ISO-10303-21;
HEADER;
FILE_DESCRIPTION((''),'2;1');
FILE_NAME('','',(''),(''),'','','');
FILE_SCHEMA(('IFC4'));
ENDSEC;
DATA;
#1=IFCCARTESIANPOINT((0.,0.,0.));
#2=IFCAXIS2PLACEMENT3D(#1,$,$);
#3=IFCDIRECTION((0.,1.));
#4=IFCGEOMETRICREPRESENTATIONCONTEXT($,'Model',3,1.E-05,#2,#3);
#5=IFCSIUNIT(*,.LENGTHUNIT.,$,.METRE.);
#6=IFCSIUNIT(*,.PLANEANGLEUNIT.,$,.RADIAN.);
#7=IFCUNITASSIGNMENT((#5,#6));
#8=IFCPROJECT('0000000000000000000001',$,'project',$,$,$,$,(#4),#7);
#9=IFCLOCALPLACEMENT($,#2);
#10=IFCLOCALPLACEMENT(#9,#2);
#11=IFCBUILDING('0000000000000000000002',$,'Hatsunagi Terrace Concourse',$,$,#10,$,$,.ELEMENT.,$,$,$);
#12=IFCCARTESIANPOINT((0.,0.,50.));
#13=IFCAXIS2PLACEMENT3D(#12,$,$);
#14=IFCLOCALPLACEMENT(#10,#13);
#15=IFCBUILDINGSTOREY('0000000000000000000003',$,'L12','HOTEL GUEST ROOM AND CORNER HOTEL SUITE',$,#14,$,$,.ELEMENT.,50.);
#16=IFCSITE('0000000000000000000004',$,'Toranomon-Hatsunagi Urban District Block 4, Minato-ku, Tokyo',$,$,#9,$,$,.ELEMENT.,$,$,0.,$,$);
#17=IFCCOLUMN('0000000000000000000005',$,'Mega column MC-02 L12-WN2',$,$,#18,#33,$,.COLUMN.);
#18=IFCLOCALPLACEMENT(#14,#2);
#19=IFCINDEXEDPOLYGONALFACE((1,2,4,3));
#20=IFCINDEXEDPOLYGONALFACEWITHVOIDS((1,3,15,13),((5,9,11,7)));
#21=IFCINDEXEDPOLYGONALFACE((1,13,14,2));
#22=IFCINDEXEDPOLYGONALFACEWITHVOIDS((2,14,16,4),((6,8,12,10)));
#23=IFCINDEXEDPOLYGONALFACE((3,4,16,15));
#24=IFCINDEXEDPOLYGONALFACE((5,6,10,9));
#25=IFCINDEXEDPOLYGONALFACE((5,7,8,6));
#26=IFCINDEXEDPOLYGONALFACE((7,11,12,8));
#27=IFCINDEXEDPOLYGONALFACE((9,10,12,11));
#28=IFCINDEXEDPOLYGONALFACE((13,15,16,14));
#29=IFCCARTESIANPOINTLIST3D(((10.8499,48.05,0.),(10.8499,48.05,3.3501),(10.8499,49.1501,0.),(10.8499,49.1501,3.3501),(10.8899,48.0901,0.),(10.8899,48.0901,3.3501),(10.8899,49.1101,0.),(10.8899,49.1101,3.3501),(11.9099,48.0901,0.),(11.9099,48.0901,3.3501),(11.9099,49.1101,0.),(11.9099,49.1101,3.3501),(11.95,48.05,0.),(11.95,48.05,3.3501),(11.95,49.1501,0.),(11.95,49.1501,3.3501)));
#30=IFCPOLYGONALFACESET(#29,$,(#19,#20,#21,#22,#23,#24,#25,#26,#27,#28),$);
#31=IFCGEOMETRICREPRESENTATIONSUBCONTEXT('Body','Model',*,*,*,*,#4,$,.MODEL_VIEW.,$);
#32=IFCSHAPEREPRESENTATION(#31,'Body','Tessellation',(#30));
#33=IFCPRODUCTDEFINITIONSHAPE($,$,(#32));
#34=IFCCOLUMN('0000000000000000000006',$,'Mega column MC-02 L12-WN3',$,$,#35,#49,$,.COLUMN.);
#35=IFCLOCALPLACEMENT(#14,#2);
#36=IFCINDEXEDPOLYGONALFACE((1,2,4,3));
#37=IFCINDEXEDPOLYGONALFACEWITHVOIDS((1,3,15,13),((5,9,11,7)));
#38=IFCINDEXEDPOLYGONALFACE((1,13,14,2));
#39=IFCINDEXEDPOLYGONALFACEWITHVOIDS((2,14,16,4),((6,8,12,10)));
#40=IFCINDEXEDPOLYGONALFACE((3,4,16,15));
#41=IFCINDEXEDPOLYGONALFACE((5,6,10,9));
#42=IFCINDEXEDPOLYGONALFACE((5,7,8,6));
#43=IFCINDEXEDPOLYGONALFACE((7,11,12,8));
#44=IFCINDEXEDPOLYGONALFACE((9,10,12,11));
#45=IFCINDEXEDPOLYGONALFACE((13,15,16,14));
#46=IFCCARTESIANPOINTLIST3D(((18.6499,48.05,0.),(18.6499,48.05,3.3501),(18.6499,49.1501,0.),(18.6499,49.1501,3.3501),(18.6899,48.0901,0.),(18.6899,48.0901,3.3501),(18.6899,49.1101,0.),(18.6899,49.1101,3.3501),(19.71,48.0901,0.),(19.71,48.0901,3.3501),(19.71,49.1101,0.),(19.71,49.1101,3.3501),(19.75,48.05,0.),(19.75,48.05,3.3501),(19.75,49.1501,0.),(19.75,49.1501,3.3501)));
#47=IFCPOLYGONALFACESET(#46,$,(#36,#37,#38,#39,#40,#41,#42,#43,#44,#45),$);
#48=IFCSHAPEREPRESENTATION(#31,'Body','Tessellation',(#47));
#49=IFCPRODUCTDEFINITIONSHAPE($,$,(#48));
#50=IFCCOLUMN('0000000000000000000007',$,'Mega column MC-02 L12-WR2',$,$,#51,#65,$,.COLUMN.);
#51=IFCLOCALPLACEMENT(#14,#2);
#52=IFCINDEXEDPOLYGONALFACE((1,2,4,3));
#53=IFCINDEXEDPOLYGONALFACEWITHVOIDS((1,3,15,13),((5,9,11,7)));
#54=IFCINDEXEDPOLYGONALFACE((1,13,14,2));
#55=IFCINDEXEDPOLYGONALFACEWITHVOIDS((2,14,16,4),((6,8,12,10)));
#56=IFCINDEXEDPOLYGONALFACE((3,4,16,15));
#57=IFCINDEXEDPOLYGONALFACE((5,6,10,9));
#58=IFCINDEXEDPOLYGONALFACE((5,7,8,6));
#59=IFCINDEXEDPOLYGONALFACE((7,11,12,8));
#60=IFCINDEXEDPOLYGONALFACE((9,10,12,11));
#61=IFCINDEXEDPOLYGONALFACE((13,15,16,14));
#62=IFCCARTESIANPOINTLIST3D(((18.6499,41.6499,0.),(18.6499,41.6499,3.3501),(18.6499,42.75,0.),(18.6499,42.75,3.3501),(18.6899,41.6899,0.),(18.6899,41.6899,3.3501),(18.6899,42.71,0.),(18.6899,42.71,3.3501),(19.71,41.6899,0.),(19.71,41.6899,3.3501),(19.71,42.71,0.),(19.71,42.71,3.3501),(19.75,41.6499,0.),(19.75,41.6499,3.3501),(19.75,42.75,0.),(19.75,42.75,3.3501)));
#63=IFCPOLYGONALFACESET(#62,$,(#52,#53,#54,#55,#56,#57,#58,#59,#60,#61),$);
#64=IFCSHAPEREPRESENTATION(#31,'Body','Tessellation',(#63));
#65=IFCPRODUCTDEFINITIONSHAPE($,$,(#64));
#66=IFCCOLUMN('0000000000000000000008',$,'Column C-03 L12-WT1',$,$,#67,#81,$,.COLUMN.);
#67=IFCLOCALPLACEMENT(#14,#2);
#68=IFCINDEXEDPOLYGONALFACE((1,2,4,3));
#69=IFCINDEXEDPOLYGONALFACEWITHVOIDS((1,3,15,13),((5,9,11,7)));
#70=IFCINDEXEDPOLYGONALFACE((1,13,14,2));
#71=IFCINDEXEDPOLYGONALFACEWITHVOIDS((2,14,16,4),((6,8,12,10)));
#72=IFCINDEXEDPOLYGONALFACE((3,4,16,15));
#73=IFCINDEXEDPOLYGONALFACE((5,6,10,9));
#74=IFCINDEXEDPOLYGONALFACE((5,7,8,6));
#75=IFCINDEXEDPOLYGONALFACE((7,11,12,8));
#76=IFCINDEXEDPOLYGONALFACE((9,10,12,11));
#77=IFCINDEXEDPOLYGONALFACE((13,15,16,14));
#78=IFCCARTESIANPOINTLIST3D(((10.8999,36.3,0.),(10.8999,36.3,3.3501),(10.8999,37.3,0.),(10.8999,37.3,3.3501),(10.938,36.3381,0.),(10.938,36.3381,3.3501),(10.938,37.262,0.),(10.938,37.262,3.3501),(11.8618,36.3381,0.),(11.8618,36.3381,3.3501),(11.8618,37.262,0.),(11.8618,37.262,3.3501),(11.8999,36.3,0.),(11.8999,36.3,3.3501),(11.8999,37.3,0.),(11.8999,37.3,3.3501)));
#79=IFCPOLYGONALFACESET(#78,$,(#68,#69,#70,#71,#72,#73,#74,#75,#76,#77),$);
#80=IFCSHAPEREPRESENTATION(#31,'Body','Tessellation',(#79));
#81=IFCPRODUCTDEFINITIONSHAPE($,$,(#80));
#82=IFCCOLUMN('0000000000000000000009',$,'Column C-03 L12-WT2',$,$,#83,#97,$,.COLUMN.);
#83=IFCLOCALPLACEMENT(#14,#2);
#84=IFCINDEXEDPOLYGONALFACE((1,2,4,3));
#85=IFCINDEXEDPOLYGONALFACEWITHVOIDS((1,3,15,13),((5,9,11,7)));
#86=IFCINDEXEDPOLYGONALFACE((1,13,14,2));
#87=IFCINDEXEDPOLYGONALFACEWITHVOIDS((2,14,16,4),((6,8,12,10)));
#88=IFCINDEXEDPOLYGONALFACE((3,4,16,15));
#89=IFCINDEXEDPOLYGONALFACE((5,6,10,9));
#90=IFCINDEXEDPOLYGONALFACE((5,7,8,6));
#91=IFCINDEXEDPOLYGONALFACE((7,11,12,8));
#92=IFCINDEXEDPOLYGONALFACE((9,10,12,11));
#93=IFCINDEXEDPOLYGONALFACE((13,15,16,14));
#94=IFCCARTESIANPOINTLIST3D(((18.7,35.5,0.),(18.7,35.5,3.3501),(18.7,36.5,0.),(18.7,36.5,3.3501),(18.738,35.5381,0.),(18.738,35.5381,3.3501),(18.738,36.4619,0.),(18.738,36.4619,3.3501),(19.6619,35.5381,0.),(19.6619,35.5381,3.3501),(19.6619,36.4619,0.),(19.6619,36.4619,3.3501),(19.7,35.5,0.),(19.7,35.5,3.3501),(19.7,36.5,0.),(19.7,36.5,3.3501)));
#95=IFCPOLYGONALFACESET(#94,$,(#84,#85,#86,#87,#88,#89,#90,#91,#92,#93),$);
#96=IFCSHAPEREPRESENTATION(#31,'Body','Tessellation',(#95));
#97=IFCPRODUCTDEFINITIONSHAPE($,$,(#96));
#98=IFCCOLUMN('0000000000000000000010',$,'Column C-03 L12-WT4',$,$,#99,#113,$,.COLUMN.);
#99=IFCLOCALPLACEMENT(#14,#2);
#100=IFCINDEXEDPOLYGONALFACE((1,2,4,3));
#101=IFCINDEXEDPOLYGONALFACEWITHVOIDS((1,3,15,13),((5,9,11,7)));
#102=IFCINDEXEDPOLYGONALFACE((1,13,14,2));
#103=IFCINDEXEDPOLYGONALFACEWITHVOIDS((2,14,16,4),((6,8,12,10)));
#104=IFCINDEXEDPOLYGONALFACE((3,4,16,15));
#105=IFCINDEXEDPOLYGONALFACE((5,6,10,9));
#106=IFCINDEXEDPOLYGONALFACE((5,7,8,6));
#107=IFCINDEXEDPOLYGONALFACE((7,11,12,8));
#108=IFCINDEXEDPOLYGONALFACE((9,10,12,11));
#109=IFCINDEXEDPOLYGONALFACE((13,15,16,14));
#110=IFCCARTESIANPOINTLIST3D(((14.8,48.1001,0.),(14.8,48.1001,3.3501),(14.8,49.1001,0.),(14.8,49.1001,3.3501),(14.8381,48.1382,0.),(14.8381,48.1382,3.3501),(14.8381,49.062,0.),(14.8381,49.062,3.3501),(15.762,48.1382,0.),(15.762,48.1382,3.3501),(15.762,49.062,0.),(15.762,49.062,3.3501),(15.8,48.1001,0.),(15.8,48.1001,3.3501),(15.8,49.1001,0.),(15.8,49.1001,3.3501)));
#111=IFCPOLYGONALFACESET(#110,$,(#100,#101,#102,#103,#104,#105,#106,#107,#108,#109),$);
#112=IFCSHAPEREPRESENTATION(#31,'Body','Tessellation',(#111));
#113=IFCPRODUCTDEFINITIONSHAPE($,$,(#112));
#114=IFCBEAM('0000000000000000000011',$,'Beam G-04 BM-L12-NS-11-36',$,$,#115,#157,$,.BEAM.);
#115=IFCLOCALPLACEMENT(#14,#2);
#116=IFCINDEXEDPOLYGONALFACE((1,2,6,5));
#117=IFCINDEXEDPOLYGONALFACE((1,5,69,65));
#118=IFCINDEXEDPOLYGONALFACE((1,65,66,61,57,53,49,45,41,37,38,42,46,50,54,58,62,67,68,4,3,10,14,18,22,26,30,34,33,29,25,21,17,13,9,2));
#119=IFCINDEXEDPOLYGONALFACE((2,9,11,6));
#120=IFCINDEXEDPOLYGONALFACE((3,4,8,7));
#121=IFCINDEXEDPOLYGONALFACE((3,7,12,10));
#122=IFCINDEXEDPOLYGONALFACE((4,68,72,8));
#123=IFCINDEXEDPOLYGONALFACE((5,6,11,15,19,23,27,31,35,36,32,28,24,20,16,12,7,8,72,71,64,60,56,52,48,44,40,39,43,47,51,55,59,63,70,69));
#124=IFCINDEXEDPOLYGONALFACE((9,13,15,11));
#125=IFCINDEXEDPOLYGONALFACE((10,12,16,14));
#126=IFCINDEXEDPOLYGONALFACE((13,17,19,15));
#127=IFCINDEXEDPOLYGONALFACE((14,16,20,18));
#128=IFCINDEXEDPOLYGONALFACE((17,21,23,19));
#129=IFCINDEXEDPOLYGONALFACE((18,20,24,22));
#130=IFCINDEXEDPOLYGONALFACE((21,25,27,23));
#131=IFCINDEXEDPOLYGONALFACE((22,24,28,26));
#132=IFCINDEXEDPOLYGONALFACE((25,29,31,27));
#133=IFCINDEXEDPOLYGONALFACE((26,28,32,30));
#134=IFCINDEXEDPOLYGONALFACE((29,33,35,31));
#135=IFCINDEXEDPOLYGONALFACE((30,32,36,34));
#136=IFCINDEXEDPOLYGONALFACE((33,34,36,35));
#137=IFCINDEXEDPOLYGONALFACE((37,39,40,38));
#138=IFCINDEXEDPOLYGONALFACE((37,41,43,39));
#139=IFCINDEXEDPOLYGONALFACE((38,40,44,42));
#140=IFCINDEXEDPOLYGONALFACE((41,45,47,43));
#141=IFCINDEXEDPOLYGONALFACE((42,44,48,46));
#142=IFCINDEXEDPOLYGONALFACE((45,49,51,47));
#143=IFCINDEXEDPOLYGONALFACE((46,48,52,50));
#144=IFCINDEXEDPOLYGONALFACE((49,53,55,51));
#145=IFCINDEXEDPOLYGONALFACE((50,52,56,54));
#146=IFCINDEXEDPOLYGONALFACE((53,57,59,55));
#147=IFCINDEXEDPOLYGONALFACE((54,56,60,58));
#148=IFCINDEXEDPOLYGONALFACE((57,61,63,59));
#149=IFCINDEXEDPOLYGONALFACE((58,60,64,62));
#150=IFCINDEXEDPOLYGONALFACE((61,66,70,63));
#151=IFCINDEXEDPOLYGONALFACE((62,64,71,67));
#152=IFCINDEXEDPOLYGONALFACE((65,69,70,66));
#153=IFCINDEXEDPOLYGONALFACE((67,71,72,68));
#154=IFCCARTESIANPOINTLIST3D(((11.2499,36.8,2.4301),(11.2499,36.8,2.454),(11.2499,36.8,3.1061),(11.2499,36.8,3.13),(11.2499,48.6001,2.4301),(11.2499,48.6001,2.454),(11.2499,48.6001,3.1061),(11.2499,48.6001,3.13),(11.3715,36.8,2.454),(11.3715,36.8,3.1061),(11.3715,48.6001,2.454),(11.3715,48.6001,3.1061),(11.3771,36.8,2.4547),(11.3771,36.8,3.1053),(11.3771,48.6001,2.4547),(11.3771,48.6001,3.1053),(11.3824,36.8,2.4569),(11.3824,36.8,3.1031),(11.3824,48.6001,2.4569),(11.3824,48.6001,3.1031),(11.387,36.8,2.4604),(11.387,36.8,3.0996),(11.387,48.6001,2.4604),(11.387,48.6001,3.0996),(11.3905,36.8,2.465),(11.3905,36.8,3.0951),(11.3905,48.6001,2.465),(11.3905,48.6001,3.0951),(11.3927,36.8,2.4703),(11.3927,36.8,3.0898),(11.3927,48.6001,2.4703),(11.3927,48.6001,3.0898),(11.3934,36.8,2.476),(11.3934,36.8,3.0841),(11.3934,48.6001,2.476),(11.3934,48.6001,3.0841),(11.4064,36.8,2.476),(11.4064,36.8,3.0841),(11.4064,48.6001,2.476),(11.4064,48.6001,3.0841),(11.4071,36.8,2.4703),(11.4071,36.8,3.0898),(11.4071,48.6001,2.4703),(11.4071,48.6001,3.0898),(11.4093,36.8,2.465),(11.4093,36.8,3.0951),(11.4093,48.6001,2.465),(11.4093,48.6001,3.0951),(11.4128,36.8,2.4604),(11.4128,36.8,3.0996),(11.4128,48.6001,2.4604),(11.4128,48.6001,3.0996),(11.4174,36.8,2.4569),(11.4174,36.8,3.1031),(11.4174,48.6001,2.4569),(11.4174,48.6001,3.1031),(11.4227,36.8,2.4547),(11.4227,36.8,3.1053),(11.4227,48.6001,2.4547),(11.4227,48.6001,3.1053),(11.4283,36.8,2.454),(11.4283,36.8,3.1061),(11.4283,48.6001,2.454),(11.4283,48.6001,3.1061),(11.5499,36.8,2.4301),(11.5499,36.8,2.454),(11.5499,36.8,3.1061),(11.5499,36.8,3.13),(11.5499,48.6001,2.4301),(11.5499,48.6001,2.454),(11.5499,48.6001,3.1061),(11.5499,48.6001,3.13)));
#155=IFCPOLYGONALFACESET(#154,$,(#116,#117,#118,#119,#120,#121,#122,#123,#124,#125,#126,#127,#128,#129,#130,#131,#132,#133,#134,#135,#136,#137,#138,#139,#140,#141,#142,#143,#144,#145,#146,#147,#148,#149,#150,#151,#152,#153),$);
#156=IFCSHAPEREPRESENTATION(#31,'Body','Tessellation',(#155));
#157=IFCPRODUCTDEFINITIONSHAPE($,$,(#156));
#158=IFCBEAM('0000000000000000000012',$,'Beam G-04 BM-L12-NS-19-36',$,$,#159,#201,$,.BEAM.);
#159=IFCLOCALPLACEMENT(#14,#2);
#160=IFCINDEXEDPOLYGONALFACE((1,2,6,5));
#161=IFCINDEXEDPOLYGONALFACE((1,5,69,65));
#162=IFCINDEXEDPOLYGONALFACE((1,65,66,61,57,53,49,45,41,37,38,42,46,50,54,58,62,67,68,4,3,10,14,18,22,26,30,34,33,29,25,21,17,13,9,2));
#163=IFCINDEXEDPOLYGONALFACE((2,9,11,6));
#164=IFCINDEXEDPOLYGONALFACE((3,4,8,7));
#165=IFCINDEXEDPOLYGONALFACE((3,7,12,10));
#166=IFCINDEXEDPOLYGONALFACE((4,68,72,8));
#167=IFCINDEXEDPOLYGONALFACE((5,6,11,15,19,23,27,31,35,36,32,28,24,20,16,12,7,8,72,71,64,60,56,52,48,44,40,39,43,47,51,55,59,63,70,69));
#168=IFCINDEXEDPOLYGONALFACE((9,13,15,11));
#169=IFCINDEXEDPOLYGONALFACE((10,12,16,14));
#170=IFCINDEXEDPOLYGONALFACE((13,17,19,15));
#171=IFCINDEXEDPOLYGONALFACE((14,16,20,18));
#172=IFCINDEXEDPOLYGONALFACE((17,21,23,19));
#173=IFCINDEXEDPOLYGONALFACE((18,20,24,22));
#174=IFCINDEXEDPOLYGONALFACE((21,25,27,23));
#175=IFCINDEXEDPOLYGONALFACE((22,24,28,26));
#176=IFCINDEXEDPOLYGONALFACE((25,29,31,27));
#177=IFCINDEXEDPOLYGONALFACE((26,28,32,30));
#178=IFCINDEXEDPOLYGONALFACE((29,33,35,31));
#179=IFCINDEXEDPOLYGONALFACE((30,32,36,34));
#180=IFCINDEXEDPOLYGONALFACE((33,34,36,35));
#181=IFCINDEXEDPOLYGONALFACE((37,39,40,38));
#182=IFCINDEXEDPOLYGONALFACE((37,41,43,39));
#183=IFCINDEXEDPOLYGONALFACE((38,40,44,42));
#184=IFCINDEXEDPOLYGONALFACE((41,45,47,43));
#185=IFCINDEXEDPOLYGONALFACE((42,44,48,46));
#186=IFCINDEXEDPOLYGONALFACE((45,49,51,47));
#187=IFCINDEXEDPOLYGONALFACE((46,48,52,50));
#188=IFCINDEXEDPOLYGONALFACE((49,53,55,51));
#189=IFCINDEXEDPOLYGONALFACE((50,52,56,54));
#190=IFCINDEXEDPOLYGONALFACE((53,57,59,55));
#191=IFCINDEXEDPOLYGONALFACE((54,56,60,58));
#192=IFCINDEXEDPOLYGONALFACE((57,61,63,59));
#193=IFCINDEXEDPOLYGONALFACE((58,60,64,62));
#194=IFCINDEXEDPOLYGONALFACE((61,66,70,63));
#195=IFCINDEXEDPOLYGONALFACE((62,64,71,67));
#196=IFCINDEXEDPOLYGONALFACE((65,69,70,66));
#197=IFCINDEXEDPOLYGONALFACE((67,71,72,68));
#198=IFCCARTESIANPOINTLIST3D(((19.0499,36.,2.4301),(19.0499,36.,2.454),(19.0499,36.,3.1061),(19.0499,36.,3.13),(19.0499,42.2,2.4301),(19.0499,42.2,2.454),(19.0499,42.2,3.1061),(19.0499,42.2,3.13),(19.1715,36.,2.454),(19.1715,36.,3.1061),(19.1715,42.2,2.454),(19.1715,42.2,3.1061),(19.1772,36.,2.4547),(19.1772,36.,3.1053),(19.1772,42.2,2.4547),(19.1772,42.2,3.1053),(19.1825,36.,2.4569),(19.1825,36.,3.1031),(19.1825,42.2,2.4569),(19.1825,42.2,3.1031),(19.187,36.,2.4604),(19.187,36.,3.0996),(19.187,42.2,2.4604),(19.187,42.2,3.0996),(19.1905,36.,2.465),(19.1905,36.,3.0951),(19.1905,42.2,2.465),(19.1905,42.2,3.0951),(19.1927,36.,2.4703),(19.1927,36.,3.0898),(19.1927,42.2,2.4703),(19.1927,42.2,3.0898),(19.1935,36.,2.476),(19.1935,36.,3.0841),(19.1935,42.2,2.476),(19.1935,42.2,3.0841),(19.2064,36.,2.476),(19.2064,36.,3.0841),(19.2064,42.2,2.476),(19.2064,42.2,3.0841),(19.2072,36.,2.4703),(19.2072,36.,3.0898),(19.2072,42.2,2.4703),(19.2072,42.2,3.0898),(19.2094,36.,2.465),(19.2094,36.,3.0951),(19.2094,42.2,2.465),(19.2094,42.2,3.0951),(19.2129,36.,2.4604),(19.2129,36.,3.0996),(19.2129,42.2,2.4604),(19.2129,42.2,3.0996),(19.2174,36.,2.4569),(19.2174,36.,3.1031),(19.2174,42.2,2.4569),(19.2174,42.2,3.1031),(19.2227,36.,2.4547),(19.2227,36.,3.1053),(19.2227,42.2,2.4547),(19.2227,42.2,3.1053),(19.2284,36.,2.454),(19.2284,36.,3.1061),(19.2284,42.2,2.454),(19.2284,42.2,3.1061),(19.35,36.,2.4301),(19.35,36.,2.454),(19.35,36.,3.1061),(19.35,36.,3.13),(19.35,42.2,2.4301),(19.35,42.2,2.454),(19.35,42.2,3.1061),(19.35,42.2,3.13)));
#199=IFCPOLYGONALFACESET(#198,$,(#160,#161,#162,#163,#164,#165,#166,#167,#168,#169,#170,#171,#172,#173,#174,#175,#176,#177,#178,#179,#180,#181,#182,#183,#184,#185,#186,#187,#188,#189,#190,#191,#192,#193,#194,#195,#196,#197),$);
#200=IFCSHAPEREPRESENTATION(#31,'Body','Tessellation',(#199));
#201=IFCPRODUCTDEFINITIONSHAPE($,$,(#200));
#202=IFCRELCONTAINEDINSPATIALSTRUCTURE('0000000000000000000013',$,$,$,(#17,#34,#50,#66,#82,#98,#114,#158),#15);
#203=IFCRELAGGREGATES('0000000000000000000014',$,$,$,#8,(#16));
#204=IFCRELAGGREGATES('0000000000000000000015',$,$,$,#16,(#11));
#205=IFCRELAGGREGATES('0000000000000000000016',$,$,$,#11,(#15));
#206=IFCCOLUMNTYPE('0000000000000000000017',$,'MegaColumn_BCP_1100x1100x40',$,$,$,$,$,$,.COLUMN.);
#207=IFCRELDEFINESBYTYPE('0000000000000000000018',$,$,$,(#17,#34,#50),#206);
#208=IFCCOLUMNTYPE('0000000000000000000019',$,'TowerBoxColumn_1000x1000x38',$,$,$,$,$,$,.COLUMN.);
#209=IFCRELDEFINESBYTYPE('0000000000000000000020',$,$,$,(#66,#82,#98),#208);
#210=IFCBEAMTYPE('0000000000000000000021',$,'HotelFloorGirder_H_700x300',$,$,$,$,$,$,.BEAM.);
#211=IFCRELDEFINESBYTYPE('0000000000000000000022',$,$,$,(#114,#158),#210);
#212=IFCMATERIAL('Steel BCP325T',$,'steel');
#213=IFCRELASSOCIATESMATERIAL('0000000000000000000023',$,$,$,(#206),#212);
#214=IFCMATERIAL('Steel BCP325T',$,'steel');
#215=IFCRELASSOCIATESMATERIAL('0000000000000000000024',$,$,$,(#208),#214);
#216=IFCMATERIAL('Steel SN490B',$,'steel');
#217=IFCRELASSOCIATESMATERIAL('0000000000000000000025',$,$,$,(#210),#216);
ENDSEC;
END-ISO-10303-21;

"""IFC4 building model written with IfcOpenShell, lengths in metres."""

from ifc_helpers import new_model, si_unit, direction, frame, origin, origin_2d, place, context, subcontext, project, spatial, hollow_rectangle, i_section, extrude, material, material_profile, profile_set, type_object, element, save


model = new_model("IFC4")

# Units and contexts
model_context = context("Model", 3, precision=1e-05, world=origin(), true_north=direction((0.0, 1.0)))
body_context = subcontext(model_context, "Body", "Model", "MODEL_VIEW")
ifc_project = project(units=[si_unit("LENGTHUNIT", "METRE"), si_unit("PLANEANGLEUNIT", "RADIAN")], contexts=[model_context])

# Site, building, storey
site_placement = place(None, origin())
site = spatial("IfcSite", under=ifc_project, at=site_placement, Name="Toranomon-Hatsunagi Urban District Block 4, Minato-ku, Tokyo", CompositionType="ELEMENT", RefElevation=0.0)
building_placement = place(site_placement, origin())
building = spatial("IfcBuilding", under=site, at=building_placement, Name="Hatsunagi Terrace Concourse", CompositionType="ELEMENT")
storey_placement = place(building_placement, frame((0.0, 0.0, 50.0)))
storey = spatial("IfcBuildingStorey", under=building, at=storey_placement, Name="L12", Description="HOTEL GUEST ROOM AND CORNER HOTEL SUITE", CompositionType="ELEMENT", Elevation=50.0)

# Columns
ifc_material_1 = material(Name="Steel BCP325T", Category="steel")
ifc_material_profile_1 = material_profile(ifc_material_1, hollow_rectangle(XDim=1.1001, YDim=1.1001, WallThickness=0.04, at=origin_2d()), Name="BCP-1100x1100x40")
ifc_profile_set_1 = profile_set([ifc_material_profile_1], Name="Steel BCP325T")
column_type_1 = type_object("IfcColumnType", Name="MegaColumn_BCP_1100x1100x40", PredefinedType="COLUMN", material=ifc_profile_set_1)
for number, where, z_axis, x_axis, name in (
    (1, (11.3999, 48.6001, 0.0), (0.0, 0.0, 1.0), (1.0, 0.0, 0.0), "Mega column MC-02 L12-WN2"),
    (2, (19.2, 48.6001, 0.0), (0.0, 0.0, 1.0), (1.0, 0.0, 0.0), "Mega column MC-02 L12-WN3"),
    (3, (19.2, 42.2, 0.0), (0.0, 0.0, 1.0), (1.0, 0.0, 0.0), "Mega column MC-02 L12-WR2"),
):
    element("IfcColumn", number, at=place(storey_placement, frame(where, z_axis=z_axis, x_axis=x_axis)), inside=storey, type_object=column_type_1, Name=name, PredefinedType="COLUMN", context=body_context, shape_type="SweptSolid", body=[
        extrude(hollow_rectangle(XDim=1.1001, YDim=1.1001, WallThickness=0.04, at=origin_2d()), origin(), (0.0, 0.0, 1.0), 3.3501),
    ])
ifc_material_2 = material(Name="Steel BCP325T", Category="steel")
ifc_material_profile_2 = material_profile(ifc_material_2, hollow_rectangle(XDim=1.0, YDim=1.0, WallThickness=0.0381, at=origin_2d()), Name="BCP-1000x1000x38")
ifc_profile_set_2 = profile_set([ifc_material_profile_2], Name="Steel BCP325T")
column_type_2 = type_object("IfcColumnType", Name="TowerBoxColumn_1000x1000x38", PredefinedType="COLUMN", material=ifc_profile_set_2)
for number, where, z_axis, x_axis, name in (
    (4, (11.3999, 36.8, 0.0), (0.0, 0.0, 1.0), (1.0, 0.0, 0.0), "Column C-03 L12-WT1"),
    (5, (19.2, 36.0, 0.0), (0.0, 0.0, 1.0), (1.0, 0.0, 0.0), "Column C-03 L12-WT2"),
    (6, (15.3, 48.6001, 0.0), (0.0, 0.0, 1.0), (1.0, 0.0, 0.0), "Column C-03 L12-WT4"),
):
    element("IfcColumn", number, at=place(storey_placement, frame(where, z_axis=z_axis, x_axis=x_axis)), inside=storey, type_object=column_type_2, Name=name, PredefinedType="COLUMN", context=body_context, shape_type="SweptSolid", body=[
        extrude(hollow_rectangle(XDim=1.0, YDim=1.0, WallThickness=0.0381, at=origin_2d()), origin(), (0.0, 0.0, 1.0), 3.3501),
    ])

# Beams
ifc_material_3 = material(Name="Steel SN490B", Category="steel")
ifc_material_profile_3 = material_profile(ifc_material_3, i_section(OverallWidth=0.3, OverallDepth=0.7, WebThickness=0.0129, FlangeThickness=0.0239, FilletRadius=0.022, at=origin_2d()), Name="H-700x300x13x24")
ifc_profile_set_3 = profile_set([ifc_material_profile_3], Name="Steel SN490B")
beam_type_1 = type_object("IfcBeamType", Name="HotelFloorGirder_H_700x300", PredefinedType="BEAM", material=ifc_profile_set_3)
beam_1_placement = place(storey_placement, frame((11.3999, 36.8, 2.78), z_axis=(0.0, 1.0, 0.0), x_axis=(-1.0, 0.0, 0.0)))
element("IfcBeam", 7, at=beam_1_placement, inside=storey, type_object=beam_type_1, Name="Beam G-04 BM-L12-NS-11-36", PredefinedType="BEAM", context=body_context, shape_type="SweptSolid", body=[
    extrude(i_section(OverallWidth=0.3, OverallDepth=0.7, WebThickness=0.0129, FlangeThickness=0.0239, FilletRadius=0.022, at=origin_2d()), origin(), (0.0, 0.0, 1.0), 11.8),
])
beam_2_placement = place(storey_placement, frame((19.2, 36.0, 2.78), z_axis=(0.0, 1.0, 0.0), x_axis=(-1.0, 0.0, 0.0)))
element("IfcBeam", 8, at=beam_2_placement, inside=storey, type_object=beam_type_1, Name="Beam G-04 BM-L12-NS-19-36", PredefinedType="BEAM", context=body_context, shape_type="SweptSolid", body=[
    extrude(i_section(OverallWidth=0.3, OverallDepth=0.7, WebThickness=0.0129, FlangeThickness=0.0239, FilletRadius=0.022, at=origin_2d()), origin(), (0.0, 0.0, 1.0), 6.2),
])

save(model, "model.ifc")
